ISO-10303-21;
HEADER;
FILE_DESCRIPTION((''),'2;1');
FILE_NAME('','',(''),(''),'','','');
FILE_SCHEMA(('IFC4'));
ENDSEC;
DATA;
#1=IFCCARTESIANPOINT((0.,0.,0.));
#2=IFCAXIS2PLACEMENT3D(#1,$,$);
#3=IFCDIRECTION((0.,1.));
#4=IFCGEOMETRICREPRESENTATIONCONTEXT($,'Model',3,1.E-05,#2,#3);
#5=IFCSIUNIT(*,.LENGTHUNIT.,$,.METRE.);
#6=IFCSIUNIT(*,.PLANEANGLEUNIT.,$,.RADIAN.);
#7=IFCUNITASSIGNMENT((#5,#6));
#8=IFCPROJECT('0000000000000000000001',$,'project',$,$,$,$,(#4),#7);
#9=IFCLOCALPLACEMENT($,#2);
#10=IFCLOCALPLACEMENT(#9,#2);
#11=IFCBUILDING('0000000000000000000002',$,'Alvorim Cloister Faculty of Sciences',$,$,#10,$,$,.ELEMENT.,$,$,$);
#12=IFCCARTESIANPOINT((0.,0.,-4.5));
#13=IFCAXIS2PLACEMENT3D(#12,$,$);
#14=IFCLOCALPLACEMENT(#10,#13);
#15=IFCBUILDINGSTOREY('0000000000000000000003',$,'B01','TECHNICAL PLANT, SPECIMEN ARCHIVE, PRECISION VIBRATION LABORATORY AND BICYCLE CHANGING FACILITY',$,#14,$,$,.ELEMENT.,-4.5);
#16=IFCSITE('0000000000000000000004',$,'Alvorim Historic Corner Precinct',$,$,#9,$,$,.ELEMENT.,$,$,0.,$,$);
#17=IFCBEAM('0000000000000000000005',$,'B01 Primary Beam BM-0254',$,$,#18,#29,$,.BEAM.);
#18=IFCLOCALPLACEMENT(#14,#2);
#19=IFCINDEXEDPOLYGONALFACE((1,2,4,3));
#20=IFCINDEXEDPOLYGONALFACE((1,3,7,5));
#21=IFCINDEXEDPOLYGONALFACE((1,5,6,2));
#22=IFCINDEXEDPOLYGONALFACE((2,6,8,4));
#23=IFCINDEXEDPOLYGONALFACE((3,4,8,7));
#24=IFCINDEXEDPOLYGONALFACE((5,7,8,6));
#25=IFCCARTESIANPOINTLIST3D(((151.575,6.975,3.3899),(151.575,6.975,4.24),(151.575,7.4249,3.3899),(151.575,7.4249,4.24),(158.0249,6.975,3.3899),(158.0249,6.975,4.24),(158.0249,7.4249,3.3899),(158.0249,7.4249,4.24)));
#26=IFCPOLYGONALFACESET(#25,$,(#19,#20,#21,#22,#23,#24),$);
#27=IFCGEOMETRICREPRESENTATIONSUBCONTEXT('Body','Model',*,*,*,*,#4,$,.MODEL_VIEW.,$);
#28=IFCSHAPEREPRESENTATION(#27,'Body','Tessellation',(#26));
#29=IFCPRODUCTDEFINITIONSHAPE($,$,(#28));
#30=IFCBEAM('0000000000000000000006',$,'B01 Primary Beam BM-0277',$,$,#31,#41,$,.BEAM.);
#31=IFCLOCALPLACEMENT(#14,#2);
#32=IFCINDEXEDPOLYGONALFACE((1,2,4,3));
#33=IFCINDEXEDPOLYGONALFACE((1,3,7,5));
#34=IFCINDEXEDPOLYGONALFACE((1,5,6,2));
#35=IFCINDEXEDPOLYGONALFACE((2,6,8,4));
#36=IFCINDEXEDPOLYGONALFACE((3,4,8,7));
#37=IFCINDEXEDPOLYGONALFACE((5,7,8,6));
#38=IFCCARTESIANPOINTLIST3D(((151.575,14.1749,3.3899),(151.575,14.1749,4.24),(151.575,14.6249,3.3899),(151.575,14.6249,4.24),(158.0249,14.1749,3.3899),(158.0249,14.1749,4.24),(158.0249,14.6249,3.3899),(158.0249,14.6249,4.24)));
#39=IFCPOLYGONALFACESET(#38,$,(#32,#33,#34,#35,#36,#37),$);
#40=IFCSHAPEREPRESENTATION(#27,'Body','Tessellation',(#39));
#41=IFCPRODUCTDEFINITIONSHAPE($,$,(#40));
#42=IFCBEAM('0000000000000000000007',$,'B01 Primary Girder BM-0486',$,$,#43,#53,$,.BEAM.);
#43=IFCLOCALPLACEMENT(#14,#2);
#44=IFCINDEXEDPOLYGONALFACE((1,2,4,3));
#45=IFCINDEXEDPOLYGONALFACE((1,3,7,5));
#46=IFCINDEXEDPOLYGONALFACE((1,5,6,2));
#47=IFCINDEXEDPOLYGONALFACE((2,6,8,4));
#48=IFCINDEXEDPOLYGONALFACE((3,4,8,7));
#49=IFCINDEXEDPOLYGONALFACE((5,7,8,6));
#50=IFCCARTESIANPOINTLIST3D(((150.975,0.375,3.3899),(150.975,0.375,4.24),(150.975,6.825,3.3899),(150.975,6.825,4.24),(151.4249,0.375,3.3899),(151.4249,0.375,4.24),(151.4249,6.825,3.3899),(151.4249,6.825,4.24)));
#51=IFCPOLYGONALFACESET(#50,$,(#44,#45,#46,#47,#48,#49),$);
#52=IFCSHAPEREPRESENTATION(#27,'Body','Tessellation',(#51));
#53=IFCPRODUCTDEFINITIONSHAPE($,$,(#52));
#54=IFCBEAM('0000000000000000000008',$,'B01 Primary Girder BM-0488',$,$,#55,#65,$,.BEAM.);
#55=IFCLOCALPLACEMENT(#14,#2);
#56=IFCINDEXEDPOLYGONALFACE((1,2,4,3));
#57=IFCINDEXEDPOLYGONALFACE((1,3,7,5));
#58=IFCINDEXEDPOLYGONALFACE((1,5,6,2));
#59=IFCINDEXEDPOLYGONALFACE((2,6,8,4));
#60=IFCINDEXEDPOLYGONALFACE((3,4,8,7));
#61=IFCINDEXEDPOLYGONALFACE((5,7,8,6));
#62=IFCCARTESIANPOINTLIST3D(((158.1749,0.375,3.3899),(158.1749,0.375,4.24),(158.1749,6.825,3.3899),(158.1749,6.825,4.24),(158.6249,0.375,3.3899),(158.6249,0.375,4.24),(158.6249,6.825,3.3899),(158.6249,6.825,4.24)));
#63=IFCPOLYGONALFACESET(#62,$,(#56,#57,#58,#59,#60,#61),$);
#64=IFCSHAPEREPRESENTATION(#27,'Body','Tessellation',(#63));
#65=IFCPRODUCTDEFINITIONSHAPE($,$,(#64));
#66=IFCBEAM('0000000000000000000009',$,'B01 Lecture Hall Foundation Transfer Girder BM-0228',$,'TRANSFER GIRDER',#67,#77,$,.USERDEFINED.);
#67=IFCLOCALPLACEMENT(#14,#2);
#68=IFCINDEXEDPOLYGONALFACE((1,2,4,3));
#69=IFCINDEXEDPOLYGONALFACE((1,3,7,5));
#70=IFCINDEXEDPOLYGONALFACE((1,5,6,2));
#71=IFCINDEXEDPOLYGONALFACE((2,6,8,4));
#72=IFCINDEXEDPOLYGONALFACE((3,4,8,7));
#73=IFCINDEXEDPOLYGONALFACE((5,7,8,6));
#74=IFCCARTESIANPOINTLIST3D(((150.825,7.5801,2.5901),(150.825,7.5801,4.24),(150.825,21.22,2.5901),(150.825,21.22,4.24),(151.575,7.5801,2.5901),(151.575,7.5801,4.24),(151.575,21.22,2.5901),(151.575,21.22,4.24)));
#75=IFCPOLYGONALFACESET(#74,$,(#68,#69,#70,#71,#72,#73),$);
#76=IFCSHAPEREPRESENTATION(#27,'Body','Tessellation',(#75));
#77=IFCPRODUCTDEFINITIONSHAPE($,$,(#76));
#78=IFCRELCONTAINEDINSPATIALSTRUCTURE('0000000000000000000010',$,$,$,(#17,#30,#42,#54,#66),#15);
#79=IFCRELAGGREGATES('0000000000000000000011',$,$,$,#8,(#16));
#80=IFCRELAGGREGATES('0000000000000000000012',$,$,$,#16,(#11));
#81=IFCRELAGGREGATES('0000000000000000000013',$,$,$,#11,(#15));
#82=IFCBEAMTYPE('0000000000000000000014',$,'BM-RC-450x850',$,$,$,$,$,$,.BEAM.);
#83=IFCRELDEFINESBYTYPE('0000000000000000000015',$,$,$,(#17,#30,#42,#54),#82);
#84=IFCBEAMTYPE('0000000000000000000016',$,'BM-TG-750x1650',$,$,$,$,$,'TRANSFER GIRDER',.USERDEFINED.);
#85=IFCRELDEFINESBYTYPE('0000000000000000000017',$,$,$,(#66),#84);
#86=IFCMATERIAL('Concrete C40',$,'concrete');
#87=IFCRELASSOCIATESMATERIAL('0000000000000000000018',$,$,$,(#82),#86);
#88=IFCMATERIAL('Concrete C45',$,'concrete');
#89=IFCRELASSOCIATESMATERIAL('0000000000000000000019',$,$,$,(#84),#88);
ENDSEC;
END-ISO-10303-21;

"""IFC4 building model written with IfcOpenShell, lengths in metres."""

from ifc_helpers import new_model, si_unit, direction, frame, origin, origin_2d, place, context, subcontext, project, spatial, rectangle, extrude, material, material_profile, profile_set, type_object, element, save


model = new_model("IFC4")

# Units and contexts
model_context = context("Model", 3, precision=1e-05, world=origin(), true_north=direction((0.0, 1.0)))
body_context = subcontext(model_context, "Body", "Model", "MODEL_VIEW")
ifc_project = project(units=[si_unit("LENGTHUNIT", "METRE"), si_unit("PLANEANGLEUNIT", "RADIAN")], contexts=[model_context])

# Site, building, storey
site_placement = place(None, origin())
site = spatial("IfcSite", under=ifc_project, at=site_placement, Name="Alvorim Historic Corner Precinct", CompositionType="ELEMENT", RefElevation=0.0)
building_placement = place(site_placement, origin())
building = spatial("IfcBuilding", under=site, at=building_placement, Name="Alvorim Cloister Faculty of Sciences", CompositionType="ELEMENT")
storey_placement = place(building_placement, frame((0.0, 0.0, -4.5)))
storey = spatial("IfcBuildingStorey", under=building, at=storey_placement, Name="B01", Description="TECHNICAL PLANT, SPECIMEN ARCHIVE, PRECISION VIBRATION LABORATORY AND BICYCLE CHANGING FACILITY", CompositionType="ELEMENT", Elevation=-4.5)

# Shared definitions
ifc_material_1 = material(Name="Concrete C40", Category="concrete")

# Beams
ifc_material_profile_1 = material_profile(ifc_material_1, rectangle(XDim=0.45, YDim=0.8501, at=origin_2d()), Name="RC40-BM-450x850")
ifc_profile_set_1 = profile_set([ifc_material_profile_1], Name="Concrete C40")
beam_type_1 = type_object("IfcBeamType", Name="BM-RC-450x850", PredefinedType="BEAM", material=ifc_profile_set_1)
for number, where, z_axis, x_axis, name in (
    (1, (151.575, 7.2, 3.8149), (1.0, 0.0, 0.0), (0.0, 1.0, 0.0), "B01 Primary Beam BM-0254"),
    (2, (151.575, 14.3999, 3.8149), (1.0, 0.0, 0.0), (0.0, 1.0, 0.0), "B01 Primary Beam BM-0277"),
    (3, (151.2, 0.375, 3.8149), (0.0, 1.0, 0.0), (-1.0, 0.0, 0.0), "B01 Primary Girder BM-0486"),
    (4, (158.3999, 0.375, 3.8149), (0.0, 1.0, 0.0), (-1.0, 0.0, 0.0), "B01 Primary Girder BM-0488"),
):
    element("IfcBeam", number, at=place(storey_placement, frame(where, z_axis=z_axis, x_axis=x_axis)), inside=storey, type_object=beam_type_1, Name=name, PredefinedType="BEAM", context=body_context, shape_type="SweptSolid", body=[
        extrude(rectangle(XDim=0.45, YDim=0.8501, at=origin_2d()), origin(), (0.0, 0.0, 1.0), 6.45),
    ])
ifc_material_2 = material(Name="Concrete C45", Category="concrete")
ifc_material_profile_2 = material_profile(ifc_material_2, rectangle(XDim=0.75, YDim=1.6499, at=origin_2d()), Name="RC45-TG-750x1650")
ifc_profile_set_2 = profile_set([ifc_material_profile_2], Name="Concrete C45")
beam_type_2 = type_object("IfcBeamType", Name="BM-TG-750x1650", ElementType="TRANSFER GIRDER", PredefinedType="USERDEFINED", material=ifc_profile_set_2)
beam_1_placement = place(storey_placement, frame((151.2, 7.5801, 3.415), z_axis=(0.0, 1.0, 0.0), x_axis=(-1.0, 0.0, 0.0)))
element("IfcBeam", 5, at=beam_1_placement, inside=storey, type_object=beam_type_2, Name="B01 Lecture Hall Foundation Transfer Girder BM-0228", ObjectType="TRANSFER GIRDER", PredefinedType="USERDEFINED", context=body_context, shape_type="SweptSolid", body=[
    extrude(rectangle(XDim=0.75, YDim=1.6499, at=origin_2d()), origin(), (0.0, 0.0, 1.0), 13.6399),
])

save(model, "model.ifc")
